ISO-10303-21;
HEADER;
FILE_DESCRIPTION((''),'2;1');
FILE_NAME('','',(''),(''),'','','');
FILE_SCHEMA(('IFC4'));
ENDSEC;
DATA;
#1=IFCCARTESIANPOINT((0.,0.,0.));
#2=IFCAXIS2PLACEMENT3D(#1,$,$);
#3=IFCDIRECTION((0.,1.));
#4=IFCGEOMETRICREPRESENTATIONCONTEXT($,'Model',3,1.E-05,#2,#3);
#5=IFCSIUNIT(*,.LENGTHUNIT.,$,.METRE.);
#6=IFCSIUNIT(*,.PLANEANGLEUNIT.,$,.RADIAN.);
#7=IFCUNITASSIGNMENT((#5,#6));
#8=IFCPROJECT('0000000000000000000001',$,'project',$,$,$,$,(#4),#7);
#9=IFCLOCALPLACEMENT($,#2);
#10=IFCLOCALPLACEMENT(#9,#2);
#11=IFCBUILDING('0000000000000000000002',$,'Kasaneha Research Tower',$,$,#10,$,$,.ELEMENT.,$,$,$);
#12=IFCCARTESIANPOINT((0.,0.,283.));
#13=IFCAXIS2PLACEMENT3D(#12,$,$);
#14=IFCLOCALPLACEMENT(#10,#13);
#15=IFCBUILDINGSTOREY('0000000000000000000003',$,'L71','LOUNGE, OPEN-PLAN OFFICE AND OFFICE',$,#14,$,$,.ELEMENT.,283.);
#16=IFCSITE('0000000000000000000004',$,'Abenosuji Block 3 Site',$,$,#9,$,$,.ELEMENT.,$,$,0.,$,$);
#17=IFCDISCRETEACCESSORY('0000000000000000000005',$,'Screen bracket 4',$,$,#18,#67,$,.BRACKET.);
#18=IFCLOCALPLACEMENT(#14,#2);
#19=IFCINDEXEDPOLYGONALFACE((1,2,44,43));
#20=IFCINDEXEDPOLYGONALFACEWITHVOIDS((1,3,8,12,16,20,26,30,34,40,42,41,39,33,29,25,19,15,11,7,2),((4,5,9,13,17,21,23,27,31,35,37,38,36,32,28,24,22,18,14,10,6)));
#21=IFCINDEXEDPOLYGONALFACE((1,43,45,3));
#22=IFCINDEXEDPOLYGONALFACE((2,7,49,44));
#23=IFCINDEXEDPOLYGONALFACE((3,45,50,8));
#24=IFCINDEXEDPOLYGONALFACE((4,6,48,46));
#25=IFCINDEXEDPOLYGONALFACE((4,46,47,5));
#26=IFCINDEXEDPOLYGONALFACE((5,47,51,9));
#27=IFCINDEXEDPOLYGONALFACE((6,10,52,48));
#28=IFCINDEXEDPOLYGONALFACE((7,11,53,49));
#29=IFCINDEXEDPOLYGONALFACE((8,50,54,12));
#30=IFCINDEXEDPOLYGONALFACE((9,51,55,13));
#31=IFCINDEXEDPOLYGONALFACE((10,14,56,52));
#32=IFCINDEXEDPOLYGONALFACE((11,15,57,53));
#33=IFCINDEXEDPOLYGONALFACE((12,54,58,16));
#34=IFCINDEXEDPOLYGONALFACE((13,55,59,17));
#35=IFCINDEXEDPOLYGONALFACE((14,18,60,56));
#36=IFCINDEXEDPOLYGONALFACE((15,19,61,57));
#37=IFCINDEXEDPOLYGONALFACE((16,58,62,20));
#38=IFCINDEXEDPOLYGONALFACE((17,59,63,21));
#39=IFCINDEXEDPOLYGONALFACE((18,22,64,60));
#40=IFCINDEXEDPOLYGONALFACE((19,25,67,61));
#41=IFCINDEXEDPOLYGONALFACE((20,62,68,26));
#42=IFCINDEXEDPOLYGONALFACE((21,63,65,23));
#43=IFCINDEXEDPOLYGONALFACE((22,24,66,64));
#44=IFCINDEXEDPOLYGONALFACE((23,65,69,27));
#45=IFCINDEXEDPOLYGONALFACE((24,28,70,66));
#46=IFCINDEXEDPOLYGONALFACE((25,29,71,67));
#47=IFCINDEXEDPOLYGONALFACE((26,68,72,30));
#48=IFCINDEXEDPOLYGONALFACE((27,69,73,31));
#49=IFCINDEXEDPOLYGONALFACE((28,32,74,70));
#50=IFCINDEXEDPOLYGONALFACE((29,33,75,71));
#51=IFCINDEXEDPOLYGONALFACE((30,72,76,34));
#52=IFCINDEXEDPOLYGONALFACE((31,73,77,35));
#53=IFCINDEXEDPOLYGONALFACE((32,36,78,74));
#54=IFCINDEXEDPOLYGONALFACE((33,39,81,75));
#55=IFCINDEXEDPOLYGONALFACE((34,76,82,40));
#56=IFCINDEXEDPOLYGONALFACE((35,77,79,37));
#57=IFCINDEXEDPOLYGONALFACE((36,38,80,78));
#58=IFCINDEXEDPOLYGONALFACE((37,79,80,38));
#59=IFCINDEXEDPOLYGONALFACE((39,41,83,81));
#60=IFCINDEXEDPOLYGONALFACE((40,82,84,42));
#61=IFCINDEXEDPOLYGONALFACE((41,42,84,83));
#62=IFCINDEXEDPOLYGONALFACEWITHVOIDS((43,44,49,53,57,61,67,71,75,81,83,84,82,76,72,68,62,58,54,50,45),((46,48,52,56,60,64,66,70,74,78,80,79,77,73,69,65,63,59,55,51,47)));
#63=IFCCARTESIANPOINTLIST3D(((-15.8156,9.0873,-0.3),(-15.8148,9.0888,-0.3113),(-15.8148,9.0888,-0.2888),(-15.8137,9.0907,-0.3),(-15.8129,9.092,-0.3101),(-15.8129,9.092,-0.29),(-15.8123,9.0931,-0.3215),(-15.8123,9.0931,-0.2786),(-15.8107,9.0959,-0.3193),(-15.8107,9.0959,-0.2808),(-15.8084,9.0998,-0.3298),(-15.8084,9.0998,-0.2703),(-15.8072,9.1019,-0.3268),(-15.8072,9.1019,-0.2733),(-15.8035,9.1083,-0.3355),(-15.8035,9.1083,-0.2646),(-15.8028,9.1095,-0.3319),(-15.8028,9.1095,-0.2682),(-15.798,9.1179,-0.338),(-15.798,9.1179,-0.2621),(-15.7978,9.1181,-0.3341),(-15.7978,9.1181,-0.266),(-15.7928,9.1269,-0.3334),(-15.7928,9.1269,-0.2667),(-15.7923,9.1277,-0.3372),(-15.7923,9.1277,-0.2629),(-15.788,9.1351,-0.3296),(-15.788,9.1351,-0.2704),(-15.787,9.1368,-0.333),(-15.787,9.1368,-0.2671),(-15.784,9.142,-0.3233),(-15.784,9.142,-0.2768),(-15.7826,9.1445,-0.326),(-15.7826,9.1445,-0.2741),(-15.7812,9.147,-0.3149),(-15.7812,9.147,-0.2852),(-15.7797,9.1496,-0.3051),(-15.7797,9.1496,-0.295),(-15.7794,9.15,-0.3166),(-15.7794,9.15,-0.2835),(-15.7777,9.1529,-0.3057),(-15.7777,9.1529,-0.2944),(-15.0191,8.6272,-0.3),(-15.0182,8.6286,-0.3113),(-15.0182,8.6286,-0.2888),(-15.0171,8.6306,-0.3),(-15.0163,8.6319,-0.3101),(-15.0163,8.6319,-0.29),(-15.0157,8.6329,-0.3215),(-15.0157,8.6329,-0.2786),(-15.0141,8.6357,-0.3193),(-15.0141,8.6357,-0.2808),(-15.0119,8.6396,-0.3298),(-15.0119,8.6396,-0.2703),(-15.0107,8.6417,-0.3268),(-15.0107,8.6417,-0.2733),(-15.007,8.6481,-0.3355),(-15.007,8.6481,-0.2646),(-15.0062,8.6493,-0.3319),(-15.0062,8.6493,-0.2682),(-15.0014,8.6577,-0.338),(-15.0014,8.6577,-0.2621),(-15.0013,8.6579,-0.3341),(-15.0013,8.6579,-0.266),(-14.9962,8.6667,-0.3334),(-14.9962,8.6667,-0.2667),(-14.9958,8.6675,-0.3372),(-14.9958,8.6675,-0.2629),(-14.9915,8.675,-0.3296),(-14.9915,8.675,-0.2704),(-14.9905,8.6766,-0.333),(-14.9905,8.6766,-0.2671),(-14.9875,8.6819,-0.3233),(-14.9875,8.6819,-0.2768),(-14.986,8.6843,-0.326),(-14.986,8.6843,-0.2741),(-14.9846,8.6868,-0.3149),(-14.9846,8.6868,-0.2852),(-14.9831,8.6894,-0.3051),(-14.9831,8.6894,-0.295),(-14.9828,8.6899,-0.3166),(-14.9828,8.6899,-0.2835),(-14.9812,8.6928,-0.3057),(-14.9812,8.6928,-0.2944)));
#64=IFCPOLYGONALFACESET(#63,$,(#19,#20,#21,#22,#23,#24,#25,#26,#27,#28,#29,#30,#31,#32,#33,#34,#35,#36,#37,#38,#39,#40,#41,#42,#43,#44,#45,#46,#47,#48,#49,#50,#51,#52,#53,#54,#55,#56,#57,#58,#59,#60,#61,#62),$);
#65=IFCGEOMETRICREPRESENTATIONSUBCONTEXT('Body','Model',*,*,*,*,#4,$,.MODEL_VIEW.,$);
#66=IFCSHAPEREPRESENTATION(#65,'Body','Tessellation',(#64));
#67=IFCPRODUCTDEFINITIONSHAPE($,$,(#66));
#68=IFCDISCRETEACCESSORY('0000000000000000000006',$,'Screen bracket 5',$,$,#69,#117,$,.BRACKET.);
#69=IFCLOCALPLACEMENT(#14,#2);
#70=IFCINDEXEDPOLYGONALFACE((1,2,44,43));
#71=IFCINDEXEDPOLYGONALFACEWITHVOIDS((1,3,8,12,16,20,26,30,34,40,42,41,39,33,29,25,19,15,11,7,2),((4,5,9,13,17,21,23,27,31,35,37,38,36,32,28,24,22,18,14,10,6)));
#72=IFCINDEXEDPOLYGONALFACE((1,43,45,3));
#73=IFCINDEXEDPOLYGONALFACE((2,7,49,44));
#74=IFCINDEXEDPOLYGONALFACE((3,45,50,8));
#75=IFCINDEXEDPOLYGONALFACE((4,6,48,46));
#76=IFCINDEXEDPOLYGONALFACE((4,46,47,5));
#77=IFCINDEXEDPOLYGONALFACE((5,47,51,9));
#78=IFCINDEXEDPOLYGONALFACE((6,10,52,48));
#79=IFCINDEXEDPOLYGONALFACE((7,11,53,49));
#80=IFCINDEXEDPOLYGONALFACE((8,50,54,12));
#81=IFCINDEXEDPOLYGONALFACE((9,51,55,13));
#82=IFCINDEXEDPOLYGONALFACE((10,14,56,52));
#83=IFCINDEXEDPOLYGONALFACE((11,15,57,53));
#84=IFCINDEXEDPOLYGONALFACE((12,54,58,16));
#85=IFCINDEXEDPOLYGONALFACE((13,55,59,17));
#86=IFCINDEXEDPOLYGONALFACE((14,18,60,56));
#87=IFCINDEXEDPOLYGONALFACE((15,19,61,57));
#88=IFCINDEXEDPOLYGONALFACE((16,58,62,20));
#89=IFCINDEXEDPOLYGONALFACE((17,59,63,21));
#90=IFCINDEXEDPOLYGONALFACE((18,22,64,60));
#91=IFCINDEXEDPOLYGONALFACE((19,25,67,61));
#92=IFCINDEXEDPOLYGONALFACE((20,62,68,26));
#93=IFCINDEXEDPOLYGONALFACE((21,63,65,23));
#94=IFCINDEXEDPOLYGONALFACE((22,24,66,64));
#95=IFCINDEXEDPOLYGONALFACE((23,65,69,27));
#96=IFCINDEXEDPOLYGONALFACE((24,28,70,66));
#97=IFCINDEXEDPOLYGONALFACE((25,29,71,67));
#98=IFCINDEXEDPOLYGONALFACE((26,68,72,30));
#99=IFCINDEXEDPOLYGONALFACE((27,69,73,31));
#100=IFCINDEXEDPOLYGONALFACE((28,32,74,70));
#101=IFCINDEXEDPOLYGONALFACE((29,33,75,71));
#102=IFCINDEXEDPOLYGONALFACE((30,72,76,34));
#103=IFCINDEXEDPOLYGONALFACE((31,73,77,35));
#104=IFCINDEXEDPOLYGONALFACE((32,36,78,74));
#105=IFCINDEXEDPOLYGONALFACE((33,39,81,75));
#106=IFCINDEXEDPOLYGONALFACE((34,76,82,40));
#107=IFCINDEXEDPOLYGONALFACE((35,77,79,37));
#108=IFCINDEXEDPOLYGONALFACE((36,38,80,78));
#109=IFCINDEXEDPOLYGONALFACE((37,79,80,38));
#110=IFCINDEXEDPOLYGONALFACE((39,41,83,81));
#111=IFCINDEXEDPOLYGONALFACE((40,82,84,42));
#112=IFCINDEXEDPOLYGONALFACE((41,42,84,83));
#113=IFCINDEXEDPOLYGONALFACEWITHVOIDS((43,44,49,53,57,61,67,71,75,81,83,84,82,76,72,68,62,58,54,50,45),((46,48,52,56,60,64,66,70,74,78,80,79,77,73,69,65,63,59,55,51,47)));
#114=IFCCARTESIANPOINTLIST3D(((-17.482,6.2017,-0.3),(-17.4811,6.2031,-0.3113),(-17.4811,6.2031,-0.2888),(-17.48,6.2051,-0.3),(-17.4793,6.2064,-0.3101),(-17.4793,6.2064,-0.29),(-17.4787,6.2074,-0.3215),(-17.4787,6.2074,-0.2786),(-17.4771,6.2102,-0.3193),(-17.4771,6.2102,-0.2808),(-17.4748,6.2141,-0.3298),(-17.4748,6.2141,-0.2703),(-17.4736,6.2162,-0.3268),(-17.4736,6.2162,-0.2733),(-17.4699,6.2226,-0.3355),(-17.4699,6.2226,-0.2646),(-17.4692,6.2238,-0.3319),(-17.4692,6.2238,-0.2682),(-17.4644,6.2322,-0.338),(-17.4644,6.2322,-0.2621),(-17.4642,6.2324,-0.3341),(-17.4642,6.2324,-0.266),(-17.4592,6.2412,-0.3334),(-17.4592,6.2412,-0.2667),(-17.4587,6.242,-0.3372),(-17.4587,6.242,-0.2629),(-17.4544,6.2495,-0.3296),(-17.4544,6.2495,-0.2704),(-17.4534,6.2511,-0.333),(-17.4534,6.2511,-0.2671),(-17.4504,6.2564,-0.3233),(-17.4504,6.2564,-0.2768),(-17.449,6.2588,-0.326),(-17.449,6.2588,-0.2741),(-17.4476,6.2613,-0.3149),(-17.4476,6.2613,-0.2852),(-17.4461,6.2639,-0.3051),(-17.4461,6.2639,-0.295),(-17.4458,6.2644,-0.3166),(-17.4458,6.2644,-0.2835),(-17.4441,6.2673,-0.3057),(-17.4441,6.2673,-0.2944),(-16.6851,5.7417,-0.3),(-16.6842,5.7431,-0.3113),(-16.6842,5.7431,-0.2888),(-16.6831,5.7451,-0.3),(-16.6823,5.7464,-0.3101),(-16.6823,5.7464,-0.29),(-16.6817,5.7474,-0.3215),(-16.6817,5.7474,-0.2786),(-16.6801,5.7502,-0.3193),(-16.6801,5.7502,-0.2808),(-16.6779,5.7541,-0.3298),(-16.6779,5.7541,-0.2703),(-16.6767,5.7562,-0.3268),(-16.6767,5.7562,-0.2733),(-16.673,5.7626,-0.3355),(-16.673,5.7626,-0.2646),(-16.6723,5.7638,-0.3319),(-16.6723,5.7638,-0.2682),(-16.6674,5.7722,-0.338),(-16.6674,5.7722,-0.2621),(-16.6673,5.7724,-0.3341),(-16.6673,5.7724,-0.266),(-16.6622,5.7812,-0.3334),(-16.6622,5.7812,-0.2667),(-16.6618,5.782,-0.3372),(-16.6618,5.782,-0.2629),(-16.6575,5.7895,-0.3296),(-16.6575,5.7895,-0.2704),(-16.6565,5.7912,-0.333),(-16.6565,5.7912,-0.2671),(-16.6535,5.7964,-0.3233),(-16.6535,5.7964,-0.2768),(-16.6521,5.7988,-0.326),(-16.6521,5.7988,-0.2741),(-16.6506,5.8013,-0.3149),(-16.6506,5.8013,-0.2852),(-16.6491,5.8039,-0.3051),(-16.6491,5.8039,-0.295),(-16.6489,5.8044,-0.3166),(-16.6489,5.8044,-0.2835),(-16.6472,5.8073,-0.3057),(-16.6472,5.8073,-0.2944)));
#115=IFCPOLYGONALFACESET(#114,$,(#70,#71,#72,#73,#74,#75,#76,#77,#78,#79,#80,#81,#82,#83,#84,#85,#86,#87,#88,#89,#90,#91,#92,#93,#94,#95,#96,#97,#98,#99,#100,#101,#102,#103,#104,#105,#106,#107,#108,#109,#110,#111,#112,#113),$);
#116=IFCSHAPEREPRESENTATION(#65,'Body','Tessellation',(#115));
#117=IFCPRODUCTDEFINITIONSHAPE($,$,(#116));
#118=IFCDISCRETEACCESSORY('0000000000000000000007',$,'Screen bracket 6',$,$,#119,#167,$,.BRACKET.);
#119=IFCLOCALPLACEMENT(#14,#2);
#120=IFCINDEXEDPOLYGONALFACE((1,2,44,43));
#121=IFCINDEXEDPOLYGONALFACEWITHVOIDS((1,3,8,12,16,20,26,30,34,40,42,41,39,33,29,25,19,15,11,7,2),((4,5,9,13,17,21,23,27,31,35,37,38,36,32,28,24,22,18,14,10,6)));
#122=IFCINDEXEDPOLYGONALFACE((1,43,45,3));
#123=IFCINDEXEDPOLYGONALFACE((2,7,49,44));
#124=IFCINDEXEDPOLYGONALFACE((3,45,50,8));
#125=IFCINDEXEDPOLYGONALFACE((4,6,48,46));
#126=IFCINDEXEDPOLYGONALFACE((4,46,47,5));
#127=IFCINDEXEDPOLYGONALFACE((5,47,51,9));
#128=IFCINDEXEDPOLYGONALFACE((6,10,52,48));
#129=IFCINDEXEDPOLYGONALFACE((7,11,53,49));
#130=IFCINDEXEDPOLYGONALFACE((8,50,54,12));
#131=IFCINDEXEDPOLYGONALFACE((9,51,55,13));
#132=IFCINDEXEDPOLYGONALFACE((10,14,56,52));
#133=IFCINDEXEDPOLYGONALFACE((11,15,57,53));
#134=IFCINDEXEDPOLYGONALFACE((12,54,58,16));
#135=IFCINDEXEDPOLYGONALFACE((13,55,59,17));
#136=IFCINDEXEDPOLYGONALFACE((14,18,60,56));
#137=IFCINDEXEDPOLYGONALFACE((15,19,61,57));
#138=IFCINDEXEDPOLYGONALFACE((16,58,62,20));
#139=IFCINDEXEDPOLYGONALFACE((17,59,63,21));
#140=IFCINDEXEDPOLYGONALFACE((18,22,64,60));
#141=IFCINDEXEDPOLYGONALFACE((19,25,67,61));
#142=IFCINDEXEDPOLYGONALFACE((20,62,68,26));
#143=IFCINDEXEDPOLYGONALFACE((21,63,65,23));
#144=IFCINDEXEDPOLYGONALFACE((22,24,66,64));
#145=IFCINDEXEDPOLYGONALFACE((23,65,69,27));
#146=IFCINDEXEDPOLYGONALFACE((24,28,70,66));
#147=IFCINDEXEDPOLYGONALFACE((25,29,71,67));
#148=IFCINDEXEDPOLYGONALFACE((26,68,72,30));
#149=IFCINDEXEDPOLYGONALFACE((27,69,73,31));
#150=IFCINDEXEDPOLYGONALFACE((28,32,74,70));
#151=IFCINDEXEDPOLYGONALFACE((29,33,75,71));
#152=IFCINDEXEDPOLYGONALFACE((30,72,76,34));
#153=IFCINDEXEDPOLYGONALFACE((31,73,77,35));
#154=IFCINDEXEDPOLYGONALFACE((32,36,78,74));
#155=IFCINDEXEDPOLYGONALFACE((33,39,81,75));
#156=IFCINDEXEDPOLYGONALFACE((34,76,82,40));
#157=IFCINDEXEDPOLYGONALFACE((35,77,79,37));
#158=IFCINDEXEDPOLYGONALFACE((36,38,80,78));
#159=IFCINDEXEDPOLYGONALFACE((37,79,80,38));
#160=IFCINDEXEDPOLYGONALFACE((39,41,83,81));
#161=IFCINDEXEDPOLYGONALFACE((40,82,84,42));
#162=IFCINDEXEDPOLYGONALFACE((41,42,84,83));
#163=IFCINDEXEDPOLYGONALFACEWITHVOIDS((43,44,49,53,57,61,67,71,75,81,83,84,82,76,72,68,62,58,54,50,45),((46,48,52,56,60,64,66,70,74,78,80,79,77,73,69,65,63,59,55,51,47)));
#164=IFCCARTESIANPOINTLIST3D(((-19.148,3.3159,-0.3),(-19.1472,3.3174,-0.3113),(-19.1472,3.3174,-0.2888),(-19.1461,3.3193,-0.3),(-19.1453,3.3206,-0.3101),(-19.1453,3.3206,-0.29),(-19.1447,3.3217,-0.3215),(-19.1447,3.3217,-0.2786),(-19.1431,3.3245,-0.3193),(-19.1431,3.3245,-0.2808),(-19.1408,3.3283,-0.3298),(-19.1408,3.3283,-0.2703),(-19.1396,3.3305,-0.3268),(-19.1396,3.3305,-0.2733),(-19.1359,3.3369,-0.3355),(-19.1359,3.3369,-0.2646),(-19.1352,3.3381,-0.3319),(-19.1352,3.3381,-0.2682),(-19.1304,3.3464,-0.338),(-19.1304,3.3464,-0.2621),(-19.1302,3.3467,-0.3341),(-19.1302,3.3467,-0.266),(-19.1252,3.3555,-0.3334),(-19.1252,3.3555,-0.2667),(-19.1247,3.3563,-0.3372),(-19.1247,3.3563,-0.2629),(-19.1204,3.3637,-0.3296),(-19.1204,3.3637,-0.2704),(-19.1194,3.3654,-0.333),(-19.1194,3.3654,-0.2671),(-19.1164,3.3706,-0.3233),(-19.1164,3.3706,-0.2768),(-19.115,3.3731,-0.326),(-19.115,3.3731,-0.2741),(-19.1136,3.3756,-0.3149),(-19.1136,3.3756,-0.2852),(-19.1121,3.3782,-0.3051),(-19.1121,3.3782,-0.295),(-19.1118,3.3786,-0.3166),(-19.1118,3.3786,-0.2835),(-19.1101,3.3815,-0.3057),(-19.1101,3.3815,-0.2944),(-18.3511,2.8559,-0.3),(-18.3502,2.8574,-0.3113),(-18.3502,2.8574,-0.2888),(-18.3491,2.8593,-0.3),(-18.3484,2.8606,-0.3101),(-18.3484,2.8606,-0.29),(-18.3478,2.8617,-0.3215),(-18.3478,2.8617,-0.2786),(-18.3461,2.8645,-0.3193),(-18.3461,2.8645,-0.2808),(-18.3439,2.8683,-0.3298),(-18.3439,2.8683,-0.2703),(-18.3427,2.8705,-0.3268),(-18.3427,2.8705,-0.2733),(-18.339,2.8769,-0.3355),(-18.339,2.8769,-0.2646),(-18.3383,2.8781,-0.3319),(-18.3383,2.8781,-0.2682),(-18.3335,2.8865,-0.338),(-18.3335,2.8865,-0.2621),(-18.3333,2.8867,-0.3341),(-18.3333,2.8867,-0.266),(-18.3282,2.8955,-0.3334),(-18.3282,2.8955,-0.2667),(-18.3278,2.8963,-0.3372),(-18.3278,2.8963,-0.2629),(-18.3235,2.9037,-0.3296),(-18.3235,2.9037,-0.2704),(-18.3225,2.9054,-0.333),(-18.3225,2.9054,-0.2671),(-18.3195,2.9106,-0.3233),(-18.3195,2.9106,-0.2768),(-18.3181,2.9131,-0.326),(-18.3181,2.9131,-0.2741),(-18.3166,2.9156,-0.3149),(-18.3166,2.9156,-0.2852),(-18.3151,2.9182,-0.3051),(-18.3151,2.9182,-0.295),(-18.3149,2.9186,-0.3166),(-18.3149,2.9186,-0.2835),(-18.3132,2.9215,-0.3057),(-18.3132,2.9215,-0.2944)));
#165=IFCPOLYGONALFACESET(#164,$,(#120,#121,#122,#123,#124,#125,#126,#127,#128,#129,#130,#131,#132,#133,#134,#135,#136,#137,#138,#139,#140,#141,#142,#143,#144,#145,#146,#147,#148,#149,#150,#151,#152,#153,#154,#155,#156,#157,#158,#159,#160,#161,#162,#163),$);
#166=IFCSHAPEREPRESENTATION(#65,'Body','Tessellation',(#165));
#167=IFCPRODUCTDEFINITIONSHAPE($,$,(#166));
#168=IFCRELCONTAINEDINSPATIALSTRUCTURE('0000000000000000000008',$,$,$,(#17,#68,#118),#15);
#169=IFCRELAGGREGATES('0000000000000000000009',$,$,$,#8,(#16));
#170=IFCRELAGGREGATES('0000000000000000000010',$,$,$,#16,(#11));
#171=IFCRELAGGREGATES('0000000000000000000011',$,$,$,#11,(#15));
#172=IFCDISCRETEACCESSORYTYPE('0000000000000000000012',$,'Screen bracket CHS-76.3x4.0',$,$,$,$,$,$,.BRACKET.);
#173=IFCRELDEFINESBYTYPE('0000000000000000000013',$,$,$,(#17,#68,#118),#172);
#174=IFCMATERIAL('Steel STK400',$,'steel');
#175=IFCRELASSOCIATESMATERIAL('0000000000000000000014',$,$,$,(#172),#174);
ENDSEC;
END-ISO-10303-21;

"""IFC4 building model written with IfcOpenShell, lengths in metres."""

from ifc_helpers import new_model, si_unit, direction, frame, origin, origin_2d, place, context, subcontext, project, spatial, hollow_circle, extrude, material, material_profile, profile_set, type_object, element, save


model = new_model("IFC4")

# Units and contexts
model_context = context("Model", 3, precision=1e-05, world=origin(), true_north=direction((0.0, 1.0)))
body_context = subcontext(model_context, "Body", "Model", "MODEL_VIEW")
ifc_project = project(units=[si_unit("LENGTHUNIT", "METRE"), si_unit("PLANEANGLEUNIT", "RADIAN")], contexts=[model_context])

# Site, building, storey
site_placement = place(None, origin())
site = spatial("IfcSite", under=ifc_project, at=site_placement, Name="Abenosuji Block 3 Site", CompositionType="ELEMENT", RefElevation=0.0)
building_placement = place(site_placement, origin())
building = spatial("IfcBuilding", under=site, at=building_placement, Name="Kasaneha Research Tower", CompositionType="ELEMENT")
storey_placement = place(building_placement, frame((0.0, 0.0, 283.0)))
storey = spatial("IfcBuildingStorey", under=building, at=storey_placement, Name="L71", Description="LOUNGE, OPEN-PLAN OFFICE AND OFFICE", CompositionType="ELEMENT", Elevation=283.0)

# Discrete accessories
ifc_material_1 = material(Name="Steel STK400", Category="steel")
ifc_material_profile_1 = material_profile(ifc_material_1, hollow_circle(Radius=0.0381, WallThickness=0.0039, at=origin_2d()), Name="CHS-76.3x4.0")
ifc_profile_set_1 = profile_set([ifc_material_profile_1], Name="Steel STK400")
discrete_accessory_type = type_object("IfcDiscreteAccessoryType", Name="Screen bracket CHS-76.3x4.0", PredefinedType="BRACKET", material=ifc_profile_set_1)
discrete_accessory_1_placement = place(storey_placement, frame((-15.0, 8.6602, -0.3), z_axis=(-0.865898, 0.50022, 0.0), x_axis=(-0.50022, -0.865898, 0.0)))
element("IfcDiscreteAccessory", 1, at=discrete_accessory_1_placement, inside=storey, type_object=discrete_accessory_type, Name="Screen bracket 4", PredefinedType="BRACKET", context=body_context, shape_type="SweptSolid", body=[
    extrude(hollow_circle(Radius=0.0381, WallThickness=0.0039, at=origin_2d()), origin(), (0.0, 0.0, 1.0), 0.9199),
])
for number, where, z_axis, x_axis, name in (
    (2, (-16.666, 5.7747, -0.3), (-0.86608, 0.499906, 0.0), (-0.499906, -0.86608, 0.0), "Screen bracket 5"),
    (3, (-18.332, 2.8889, -0.3), (-0.86608, 0.499906, 0.0), (-0.499906, -0.86608, 0.0), "Screen bracket 6"),
):
    element("IfcDiscreteAccessory", number, at=place(storey_placement, frame(where, z_axis=z_axis, x_axis=x_axis)), inside=storey, type_object=discrete_accessory_type, Name=name, PredefinedType="BRACKET", context=body_context, shape_type="SweptSolid", body=[
        extrude(hollow_circle(Radius=0.0381, WallThickness=0.0039, at=origin_2d()), origin(), (0.0, 0.0, 1.0), 0.9202),
    ])

save(model, "model.ifc")
